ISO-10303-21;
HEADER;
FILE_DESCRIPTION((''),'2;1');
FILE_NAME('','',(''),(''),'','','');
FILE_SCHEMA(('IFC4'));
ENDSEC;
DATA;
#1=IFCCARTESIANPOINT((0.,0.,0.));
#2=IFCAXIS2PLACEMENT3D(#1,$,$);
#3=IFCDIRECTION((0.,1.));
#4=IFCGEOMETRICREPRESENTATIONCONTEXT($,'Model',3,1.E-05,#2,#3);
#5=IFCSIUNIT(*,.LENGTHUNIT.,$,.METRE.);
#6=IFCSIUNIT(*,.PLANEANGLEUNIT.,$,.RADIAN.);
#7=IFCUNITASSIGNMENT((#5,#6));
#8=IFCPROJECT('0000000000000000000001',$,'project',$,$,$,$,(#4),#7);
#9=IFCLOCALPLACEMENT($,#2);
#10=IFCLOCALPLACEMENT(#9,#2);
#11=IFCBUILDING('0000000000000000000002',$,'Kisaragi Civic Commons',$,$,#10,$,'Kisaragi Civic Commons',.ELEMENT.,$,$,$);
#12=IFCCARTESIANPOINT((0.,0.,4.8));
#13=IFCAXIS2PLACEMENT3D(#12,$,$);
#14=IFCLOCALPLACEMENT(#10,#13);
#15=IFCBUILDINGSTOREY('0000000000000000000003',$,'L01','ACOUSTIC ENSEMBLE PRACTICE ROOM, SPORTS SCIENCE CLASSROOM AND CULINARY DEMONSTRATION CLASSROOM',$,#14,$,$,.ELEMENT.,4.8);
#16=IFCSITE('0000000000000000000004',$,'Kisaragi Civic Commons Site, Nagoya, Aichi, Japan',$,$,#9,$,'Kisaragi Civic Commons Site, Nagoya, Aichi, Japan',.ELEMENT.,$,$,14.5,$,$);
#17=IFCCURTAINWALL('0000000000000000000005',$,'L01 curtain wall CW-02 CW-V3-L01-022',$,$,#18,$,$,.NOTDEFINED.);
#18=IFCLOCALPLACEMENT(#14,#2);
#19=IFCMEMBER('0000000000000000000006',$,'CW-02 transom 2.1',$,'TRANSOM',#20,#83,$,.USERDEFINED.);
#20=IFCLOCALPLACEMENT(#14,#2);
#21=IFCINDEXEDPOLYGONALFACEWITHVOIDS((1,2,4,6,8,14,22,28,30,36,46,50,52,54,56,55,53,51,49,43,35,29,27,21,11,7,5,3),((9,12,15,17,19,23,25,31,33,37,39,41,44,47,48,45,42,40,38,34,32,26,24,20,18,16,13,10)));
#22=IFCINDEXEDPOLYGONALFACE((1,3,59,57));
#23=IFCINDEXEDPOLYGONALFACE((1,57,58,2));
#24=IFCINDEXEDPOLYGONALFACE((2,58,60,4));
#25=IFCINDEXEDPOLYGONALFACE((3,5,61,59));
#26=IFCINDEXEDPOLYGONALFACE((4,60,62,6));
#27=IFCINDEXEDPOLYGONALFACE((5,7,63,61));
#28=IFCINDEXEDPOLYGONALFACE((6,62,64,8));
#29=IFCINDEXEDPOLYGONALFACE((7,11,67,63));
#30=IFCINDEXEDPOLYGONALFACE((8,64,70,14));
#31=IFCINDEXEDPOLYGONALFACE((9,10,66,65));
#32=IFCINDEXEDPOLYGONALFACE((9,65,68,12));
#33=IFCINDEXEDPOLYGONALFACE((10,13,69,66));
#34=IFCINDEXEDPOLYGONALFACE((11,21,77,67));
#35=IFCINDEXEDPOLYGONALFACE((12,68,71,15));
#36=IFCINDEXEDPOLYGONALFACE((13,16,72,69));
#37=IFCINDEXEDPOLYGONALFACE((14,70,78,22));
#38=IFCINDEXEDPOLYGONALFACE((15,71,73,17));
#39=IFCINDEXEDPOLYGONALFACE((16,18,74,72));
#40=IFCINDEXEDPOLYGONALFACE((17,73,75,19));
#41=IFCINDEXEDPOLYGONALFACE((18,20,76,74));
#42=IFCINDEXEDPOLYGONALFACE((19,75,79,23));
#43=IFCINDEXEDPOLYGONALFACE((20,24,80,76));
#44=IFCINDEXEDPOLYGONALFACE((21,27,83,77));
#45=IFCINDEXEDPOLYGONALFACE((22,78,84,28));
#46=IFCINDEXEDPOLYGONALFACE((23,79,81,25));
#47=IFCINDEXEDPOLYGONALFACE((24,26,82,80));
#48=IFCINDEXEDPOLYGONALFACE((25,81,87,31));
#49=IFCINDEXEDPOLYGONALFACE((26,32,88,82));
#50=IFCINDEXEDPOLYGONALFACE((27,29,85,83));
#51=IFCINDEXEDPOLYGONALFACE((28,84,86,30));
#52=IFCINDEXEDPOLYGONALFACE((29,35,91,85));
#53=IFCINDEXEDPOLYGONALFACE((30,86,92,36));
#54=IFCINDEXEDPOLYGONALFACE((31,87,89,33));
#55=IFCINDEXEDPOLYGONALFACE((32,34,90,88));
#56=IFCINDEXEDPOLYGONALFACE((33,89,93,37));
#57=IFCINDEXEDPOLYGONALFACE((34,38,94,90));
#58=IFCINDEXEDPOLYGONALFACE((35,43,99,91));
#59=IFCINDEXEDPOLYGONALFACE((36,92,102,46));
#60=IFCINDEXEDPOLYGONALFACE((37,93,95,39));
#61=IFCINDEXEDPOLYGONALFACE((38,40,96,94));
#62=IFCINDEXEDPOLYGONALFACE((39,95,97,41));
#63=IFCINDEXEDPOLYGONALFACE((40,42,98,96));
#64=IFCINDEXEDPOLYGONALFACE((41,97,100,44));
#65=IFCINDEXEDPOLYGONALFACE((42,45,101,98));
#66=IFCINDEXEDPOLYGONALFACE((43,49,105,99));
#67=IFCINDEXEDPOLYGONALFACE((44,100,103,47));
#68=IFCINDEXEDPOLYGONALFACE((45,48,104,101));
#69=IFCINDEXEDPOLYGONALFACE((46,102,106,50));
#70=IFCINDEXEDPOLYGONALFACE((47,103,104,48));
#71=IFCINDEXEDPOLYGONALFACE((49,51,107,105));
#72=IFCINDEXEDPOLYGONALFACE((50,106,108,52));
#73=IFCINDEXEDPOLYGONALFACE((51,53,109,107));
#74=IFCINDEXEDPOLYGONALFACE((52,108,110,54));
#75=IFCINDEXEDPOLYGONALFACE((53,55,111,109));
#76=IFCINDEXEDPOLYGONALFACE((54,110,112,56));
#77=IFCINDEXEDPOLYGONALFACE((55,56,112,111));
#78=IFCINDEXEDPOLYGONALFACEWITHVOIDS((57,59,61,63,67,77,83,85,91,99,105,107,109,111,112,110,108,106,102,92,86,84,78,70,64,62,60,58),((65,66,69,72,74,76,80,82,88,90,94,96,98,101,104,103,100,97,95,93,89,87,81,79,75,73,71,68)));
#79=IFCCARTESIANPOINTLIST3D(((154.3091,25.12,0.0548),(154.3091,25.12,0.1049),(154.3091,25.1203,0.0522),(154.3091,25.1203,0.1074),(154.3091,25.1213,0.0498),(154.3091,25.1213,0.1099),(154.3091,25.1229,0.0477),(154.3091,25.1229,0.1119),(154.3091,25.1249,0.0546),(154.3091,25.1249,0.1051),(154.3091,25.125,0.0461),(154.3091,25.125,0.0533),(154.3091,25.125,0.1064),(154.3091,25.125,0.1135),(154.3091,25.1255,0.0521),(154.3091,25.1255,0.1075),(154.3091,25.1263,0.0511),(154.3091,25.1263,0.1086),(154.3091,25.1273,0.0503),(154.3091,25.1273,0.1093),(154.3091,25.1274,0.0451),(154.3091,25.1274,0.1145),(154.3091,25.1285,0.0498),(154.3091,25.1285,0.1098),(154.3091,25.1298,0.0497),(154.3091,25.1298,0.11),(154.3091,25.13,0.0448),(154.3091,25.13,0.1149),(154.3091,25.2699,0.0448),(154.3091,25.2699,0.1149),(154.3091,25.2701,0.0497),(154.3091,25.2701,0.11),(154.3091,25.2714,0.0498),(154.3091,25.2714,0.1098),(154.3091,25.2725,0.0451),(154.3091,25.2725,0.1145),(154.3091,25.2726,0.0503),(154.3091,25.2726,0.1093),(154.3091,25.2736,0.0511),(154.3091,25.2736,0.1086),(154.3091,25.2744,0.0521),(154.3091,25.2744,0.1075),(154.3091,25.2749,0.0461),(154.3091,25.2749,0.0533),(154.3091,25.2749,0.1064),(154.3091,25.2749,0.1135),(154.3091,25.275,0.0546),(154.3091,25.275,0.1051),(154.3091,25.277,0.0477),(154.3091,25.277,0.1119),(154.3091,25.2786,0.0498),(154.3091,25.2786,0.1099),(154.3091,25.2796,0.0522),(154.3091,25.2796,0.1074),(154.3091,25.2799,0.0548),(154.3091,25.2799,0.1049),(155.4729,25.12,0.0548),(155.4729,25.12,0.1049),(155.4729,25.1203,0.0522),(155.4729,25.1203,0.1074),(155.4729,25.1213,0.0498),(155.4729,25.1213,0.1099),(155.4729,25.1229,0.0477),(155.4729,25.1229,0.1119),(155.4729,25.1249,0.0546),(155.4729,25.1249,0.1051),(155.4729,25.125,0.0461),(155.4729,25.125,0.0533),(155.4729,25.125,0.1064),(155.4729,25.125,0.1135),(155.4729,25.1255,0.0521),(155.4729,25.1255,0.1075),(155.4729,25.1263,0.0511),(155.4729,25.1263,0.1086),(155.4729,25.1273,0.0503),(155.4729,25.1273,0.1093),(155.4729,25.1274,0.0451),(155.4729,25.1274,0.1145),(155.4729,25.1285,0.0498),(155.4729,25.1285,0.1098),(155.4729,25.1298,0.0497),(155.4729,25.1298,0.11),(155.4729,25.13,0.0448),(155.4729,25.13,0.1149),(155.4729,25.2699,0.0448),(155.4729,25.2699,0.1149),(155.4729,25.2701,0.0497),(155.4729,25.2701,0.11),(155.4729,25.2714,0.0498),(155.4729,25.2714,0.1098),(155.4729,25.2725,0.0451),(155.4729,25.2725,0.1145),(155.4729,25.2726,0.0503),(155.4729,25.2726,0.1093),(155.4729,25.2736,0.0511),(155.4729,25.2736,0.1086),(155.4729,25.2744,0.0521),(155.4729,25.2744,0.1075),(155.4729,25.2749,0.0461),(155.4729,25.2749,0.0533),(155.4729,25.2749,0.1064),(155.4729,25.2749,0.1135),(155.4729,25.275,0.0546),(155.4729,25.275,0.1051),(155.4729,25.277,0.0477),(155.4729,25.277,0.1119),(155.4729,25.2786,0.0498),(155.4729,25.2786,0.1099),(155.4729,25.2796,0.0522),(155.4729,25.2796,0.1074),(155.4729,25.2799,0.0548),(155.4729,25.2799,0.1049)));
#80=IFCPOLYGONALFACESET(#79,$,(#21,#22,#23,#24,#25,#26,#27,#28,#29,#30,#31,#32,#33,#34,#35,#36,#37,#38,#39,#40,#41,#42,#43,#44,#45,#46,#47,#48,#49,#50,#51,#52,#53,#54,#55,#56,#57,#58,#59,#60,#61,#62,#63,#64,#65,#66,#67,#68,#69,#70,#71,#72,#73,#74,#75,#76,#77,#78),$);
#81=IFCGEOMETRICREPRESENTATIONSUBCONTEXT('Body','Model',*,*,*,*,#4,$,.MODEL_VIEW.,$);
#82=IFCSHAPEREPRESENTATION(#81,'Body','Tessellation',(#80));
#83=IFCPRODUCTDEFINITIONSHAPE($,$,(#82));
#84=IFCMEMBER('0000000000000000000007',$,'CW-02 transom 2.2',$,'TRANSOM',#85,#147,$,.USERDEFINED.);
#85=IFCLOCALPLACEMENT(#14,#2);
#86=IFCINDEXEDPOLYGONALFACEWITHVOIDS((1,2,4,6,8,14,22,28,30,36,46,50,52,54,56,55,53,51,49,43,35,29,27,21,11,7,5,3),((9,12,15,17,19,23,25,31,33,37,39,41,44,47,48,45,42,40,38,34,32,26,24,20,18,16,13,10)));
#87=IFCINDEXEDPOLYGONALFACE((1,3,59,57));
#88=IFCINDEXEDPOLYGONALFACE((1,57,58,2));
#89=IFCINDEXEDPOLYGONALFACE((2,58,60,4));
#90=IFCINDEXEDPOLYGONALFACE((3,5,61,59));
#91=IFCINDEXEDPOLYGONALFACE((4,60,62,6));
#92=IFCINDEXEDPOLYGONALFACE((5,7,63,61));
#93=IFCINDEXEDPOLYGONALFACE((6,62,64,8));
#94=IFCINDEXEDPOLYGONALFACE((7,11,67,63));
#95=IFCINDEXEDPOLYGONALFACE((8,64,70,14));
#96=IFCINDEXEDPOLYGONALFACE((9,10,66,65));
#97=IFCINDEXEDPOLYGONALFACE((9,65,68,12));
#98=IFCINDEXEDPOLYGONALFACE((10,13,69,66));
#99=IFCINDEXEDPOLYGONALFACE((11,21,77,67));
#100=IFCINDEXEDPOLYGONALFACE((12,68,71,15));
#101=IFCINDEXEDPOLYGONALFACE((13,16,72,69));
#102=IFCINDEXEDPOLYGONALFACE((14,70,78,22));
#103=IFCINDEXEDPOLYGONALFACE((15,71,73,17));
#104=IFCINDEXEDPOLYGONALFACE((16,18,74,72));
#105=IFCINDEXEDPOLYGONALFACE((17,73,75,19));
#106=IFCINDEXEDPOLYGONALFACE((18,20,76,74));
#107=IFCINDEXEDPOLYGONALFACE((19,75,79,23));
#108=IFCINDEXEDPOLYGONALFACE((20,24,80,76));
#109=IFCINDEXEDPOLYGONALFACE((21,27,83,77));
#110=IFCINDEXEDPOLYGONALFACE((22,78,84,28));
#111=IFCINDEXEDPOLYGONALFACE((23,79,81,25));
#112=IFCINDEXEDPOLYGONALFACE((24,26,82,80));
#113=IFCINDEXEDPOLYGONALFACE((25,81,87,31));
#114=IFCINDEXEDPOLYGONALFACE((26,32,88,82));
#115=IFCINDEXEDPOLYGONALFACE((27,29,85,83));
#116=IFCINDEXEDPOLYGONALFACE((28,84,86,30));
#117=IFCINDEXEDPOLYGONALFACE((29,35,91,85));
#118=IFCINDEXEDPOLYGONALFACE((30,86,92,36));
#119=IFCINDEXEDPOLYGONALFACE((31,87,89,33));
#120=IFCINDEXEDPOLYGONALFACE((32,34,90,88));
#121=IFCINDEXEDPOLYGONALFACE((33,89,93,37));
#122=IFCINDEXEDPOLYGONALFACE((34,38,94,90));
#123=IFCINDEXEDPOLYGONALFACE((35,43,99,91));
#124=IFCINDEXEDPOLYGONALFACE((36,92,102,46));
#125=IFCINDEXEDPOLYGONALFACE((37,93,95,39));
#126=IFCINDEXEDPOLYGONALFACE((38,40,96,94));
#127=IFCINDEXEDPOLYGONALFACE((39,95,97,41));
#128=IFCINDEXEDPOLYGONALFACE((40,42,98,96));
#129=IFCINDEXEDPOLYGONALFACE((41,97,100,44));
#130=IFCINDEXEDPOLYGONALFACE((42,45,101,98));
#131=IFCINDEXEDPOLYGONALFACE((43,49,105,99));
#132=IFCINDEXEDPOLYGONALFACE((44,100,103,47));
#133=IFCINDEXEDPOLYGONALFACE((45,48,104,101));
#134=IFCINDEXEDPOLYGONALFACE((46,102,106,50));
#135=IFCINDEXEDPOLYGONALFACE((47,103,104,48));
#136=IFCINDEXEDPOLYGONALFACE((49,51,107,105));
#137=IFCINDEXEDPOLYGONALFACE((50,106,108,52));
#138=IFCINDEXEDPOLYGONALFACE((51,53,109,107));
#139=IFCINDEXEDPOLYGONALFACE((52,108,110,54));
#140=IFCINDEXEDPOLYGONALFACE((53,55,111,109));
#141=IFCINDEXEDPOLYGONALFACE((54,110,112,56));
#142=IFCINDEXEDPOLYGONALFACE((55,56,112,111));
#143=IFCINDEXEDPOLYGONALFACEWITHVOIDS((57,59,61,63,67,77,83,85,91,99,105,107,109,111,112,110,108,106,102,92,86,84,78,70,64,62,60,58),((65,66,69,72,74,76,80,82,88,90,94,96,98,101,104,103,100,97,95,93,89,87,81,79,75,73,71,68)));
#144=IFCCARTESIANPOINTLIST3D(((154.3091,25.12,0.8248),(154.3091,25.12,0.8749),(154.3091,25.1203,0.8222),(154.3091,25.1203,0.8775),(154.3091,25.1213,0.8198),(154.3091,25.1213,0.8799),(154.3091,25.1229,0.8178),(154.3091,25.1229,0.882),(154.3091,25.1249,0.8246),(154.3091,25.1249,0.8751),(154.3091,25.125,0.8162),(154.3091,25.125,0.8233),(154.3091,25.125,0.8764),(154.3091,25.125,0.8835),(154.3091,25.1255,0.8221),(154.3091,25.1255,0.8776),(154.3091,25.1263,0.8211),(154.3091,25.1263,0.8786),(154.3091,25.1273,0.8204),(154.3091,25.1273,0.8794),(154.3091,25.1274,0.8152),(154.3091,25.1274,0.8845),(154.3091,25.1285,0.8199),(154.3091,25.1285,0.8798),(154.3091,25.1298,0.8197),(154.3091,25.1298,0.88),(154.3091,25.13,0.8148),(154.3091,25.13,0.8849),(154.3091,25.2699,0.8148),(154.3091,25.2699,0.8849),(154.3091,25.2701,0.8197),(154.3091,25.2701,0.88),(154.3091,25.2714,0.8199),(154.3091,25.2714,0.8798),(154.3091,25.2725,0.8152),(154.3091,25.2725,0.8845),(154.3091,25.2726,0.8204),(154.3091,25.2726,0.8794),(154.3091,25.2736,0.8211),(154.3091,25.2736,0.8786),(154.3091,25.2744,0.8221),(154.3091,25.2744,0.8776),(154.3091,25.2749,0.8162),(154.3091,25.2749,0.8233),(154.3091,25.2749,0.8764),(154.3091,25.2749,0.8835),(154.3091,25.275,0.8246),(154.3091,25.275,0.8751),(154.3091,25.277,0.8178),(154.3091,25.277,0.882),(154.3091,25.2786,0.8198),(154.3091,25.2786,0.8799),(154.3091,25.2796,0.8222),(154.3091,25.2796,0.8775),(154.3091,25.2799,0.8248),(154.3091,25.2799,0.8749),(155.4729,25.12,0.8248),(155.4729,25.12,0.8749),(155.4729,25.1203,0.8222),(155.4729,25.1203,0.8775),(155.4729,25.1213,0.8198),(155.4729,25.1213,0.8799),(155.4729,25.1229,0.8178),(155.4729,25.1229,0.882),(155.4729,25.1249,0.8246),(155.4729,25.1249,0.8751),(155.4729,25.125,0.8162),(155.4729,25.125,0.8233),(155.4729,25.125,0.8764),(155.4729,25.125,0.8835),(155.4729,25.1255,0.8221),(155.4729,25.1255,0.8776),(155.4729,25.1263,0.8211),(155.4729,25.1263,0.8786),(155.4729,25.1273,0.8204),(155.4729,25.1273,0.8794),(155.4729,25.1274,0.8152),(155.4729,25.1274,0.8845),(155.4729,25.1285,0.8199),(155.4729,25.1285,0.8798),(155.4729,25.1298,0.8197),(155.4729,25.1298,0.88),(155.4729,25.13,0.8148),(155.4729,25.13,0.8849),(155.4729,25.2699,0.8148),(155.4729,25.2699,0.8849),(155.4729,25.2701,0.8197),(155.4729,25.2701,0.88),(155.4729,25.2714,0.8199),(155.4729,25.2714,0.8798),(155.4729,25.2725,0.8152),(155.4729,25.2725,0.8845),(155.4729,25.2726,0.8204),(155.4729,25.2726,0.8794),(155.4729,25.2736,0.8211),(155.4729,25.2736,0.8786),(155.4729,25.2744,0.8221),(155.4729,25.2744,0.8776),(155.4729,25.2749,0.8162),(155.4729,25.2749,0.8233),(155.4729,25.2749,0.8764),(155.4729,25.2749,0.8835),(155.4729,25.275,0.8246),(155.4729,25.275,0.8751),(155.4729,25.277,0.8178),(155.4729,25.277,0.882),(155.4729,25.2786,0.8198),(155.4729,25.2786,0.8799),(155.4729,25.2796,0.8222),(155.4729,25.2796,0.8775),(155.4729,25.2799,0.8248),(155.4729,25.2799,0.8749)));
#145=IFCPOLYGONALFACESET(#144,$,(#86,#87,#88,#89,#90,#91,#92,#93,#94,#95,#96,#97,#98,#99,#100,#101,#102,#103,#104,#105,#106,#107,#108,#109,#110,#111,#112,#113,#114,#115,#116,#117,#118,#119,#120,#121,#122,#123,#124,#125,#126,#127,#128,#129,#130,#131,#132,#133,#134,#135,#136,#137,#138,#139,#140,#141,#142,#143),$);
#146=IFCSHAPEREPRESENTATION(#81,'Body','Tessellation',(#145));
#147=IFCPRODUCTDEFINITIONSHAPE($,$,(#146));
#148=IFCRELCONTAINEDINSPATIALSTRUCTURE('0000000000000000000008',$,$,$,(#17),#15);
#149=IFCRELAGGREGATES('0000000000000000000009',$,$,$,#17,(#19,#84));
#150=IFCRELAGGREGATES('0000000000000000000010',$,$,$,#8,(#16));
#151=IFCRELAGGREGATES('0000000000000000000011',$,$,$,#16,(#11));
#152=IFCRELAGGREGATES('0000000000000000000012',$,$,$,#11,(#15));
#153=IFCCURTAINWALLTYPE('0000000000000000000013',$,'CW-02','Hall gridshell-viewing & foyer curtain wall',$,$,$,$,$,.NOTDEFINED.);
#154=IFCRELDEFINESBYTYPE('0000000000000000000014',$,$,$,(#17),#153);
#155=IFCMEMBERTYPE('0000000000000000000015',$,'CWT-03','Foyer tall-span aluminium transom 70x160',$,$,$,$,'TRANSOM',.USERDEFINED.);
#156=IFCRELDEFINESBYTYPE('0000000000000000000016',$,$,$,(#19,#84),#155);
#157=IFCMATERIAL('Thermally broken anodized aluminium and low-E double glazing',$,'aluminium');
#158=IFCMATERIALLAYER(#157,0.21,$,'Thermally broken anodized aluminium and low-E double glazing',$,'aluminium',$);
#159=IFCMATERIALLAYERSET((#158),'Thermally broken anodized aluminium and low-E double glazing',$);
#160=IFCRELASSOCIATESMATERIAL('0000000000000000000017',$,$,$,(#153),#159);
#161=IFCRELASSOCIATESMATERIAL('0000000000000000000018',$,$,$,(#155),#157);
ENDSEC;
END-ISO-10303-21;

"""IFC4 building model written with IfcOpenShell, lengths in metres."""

from ifc_helpers import new_model, si_unit, direction, frame, origin, origin_2d, place, context, subcontext, project, spatial, hollow_rectangle, extrude, material, layer, layer_set, material_profile, profile_set, type_object, element, aggregate, save


model = new_model("IFC4")

# Units and contexts
model_context = context("Model", 3, precision=1e-05, world=origin(), true_north=direction((0.0, 1.0)))
body_context = subcontext(model_context, "Body", "Model", "MODEL_VIEW")
ifc_project = project(units=[si_unit("LENGTHUNIT", "METRE"), si_unit("PLANEANGLEUNIT", "RADIAN")], contexts=[model_context])

# Site, building, storey
site_placement = place(None, origin())
site = spatial("IfcSite", under=ifc_project, at=site_placement, Name="Kisaragi Civic Commons Site, Nagoya, Aichi, Japan", LongName="Kisaragi Civic Commons Site, Nagoya, Aichi, Japan", CompositionType="ELEMENT", RefElevation=14.5)
building_placement = place(site_placement, origin())
building = spatial("IfcBuilding", under=site, at=building_placement, Name="Kisaragi Civic Commons", LongName="Kisaragi Civic Commons", CompositionType="ELEMENT")
storey_placement = place(building_placement, frame((0.0, 0.0, 4.8)))
storey = spatial("IfcBuildingStorey", under=building, at=storey_placement, Name="L01", Description="ACOUSTIC ENSEMBLE PRACTICE ROOM, SPORTS SCIENCE CLASSROOM AND CULINARY DEMONSTRATION CLASSROOM", CompositionType="ELEMENT", Elevation=4.8)

# Curtain wall, members
ifc_material = material(Name="Thermally broken anodized aluminium and low-E double glazing", Category="aluminium")
ifc_layer_1 = layer(ifc_material, 0.21, Name="Thermally broken anodized aluminium and low-E double glazing", Category="aluminium")
ifc_layer_set_1 = layer_set([ifc_layer_1], Name="Thermally broken anodized aluminium and low-E double glazing")
curtain_wall_type = type_object("IfcCurtainWallType", Name="CW-02", Description="Hall gridshell-viewing & foyer curtain wall", PredefinedType="NOTDEFINED", material=ifc_layer_set_1)
curtain_wall_placement = place(storey_placement, origin())
curtain_wall = element("IfcCurtainWall", 1, at=curtain_wall_placement, inside=storey, type_object=curtain_wall_type, Name="L01 curtain wall CW-02 CW-V3-L01-022", PredefinedType="NOTDEFINED")
ifc_material_profile_1 = material_profile(ifc_material, hollow_rectangle(XDim=0.1599, YDim=0.0701, WallThickness=0.0049, InnerFilletRadius=0.0049, OuterFilletRadius=0.01, at=origin_2d()), Name="CWT-70x160x5", Category="aluminium")
ifc_profile_set_1 = profile_set([ifc_material_profile_1], Name="Thermally broken anodized aluminium and low-E double glazing")
member_type_1 = type_object("IfcMemberType", Name="CWT-03", Description="Foyer tall-span aluminium transom 70x160", ElementType="TRANSOM", PredefinedType="USERDEFINED", material=ifc_profile_set_1)
member_1_placement = place(storey_placement, frame((154.3091, 25.2, 0.0798), z_axis=(1.0, 0.0, 0.0), x_axis=(0.0, 1.0, 0.0)))
member_1 = element("IfcMember", 2, at=member_1_placement, type_object=member_type_1, Name="CW-02 transom 2.1", ObjectType="TRANSOM", PredefinedType="USERDEFINED", context=body_context, shape_type="SweptSolid", body=[
    extrude(hollow_rectangle(XDim=0.1599, YDim=0.0701, WallThickness=0.0049, InnerFilletRadius=0.0049, OuterFilletRadius=0.01, at=origin_2d()), origin(), (0.0, 0.0, 1.0), 1.1638),
])
member_2_placement = place(storey_placement, frame((154.3091, 25.2, 0.8499), z_axis=(1.0, 0.0, 0.0), x_axis=(0.0, 1.0, 0.0)))
member_2 = element("IfcMember", 3, at=member_2_placement, type_object=member_type_1, Name="CW-02 transom 2.2", ObjectType="TRANSOM", PredefinedType="USERDEFINED", context=body_context, shape_type="SweptSolid", body=[
    extrude(hollow_rectangle(XDim=0.1599, YDim=0.0701, WallThickness=0.0049, InnerFilletRadius=0.0049, OuterFilletRadius=0.01, at=origin_2d()), origin(), (0.0, 0.0, 1.0), 1.1638),
])
aggregate(curtain_wall, [member_1, member_2])

save(model, "model.ifc")
